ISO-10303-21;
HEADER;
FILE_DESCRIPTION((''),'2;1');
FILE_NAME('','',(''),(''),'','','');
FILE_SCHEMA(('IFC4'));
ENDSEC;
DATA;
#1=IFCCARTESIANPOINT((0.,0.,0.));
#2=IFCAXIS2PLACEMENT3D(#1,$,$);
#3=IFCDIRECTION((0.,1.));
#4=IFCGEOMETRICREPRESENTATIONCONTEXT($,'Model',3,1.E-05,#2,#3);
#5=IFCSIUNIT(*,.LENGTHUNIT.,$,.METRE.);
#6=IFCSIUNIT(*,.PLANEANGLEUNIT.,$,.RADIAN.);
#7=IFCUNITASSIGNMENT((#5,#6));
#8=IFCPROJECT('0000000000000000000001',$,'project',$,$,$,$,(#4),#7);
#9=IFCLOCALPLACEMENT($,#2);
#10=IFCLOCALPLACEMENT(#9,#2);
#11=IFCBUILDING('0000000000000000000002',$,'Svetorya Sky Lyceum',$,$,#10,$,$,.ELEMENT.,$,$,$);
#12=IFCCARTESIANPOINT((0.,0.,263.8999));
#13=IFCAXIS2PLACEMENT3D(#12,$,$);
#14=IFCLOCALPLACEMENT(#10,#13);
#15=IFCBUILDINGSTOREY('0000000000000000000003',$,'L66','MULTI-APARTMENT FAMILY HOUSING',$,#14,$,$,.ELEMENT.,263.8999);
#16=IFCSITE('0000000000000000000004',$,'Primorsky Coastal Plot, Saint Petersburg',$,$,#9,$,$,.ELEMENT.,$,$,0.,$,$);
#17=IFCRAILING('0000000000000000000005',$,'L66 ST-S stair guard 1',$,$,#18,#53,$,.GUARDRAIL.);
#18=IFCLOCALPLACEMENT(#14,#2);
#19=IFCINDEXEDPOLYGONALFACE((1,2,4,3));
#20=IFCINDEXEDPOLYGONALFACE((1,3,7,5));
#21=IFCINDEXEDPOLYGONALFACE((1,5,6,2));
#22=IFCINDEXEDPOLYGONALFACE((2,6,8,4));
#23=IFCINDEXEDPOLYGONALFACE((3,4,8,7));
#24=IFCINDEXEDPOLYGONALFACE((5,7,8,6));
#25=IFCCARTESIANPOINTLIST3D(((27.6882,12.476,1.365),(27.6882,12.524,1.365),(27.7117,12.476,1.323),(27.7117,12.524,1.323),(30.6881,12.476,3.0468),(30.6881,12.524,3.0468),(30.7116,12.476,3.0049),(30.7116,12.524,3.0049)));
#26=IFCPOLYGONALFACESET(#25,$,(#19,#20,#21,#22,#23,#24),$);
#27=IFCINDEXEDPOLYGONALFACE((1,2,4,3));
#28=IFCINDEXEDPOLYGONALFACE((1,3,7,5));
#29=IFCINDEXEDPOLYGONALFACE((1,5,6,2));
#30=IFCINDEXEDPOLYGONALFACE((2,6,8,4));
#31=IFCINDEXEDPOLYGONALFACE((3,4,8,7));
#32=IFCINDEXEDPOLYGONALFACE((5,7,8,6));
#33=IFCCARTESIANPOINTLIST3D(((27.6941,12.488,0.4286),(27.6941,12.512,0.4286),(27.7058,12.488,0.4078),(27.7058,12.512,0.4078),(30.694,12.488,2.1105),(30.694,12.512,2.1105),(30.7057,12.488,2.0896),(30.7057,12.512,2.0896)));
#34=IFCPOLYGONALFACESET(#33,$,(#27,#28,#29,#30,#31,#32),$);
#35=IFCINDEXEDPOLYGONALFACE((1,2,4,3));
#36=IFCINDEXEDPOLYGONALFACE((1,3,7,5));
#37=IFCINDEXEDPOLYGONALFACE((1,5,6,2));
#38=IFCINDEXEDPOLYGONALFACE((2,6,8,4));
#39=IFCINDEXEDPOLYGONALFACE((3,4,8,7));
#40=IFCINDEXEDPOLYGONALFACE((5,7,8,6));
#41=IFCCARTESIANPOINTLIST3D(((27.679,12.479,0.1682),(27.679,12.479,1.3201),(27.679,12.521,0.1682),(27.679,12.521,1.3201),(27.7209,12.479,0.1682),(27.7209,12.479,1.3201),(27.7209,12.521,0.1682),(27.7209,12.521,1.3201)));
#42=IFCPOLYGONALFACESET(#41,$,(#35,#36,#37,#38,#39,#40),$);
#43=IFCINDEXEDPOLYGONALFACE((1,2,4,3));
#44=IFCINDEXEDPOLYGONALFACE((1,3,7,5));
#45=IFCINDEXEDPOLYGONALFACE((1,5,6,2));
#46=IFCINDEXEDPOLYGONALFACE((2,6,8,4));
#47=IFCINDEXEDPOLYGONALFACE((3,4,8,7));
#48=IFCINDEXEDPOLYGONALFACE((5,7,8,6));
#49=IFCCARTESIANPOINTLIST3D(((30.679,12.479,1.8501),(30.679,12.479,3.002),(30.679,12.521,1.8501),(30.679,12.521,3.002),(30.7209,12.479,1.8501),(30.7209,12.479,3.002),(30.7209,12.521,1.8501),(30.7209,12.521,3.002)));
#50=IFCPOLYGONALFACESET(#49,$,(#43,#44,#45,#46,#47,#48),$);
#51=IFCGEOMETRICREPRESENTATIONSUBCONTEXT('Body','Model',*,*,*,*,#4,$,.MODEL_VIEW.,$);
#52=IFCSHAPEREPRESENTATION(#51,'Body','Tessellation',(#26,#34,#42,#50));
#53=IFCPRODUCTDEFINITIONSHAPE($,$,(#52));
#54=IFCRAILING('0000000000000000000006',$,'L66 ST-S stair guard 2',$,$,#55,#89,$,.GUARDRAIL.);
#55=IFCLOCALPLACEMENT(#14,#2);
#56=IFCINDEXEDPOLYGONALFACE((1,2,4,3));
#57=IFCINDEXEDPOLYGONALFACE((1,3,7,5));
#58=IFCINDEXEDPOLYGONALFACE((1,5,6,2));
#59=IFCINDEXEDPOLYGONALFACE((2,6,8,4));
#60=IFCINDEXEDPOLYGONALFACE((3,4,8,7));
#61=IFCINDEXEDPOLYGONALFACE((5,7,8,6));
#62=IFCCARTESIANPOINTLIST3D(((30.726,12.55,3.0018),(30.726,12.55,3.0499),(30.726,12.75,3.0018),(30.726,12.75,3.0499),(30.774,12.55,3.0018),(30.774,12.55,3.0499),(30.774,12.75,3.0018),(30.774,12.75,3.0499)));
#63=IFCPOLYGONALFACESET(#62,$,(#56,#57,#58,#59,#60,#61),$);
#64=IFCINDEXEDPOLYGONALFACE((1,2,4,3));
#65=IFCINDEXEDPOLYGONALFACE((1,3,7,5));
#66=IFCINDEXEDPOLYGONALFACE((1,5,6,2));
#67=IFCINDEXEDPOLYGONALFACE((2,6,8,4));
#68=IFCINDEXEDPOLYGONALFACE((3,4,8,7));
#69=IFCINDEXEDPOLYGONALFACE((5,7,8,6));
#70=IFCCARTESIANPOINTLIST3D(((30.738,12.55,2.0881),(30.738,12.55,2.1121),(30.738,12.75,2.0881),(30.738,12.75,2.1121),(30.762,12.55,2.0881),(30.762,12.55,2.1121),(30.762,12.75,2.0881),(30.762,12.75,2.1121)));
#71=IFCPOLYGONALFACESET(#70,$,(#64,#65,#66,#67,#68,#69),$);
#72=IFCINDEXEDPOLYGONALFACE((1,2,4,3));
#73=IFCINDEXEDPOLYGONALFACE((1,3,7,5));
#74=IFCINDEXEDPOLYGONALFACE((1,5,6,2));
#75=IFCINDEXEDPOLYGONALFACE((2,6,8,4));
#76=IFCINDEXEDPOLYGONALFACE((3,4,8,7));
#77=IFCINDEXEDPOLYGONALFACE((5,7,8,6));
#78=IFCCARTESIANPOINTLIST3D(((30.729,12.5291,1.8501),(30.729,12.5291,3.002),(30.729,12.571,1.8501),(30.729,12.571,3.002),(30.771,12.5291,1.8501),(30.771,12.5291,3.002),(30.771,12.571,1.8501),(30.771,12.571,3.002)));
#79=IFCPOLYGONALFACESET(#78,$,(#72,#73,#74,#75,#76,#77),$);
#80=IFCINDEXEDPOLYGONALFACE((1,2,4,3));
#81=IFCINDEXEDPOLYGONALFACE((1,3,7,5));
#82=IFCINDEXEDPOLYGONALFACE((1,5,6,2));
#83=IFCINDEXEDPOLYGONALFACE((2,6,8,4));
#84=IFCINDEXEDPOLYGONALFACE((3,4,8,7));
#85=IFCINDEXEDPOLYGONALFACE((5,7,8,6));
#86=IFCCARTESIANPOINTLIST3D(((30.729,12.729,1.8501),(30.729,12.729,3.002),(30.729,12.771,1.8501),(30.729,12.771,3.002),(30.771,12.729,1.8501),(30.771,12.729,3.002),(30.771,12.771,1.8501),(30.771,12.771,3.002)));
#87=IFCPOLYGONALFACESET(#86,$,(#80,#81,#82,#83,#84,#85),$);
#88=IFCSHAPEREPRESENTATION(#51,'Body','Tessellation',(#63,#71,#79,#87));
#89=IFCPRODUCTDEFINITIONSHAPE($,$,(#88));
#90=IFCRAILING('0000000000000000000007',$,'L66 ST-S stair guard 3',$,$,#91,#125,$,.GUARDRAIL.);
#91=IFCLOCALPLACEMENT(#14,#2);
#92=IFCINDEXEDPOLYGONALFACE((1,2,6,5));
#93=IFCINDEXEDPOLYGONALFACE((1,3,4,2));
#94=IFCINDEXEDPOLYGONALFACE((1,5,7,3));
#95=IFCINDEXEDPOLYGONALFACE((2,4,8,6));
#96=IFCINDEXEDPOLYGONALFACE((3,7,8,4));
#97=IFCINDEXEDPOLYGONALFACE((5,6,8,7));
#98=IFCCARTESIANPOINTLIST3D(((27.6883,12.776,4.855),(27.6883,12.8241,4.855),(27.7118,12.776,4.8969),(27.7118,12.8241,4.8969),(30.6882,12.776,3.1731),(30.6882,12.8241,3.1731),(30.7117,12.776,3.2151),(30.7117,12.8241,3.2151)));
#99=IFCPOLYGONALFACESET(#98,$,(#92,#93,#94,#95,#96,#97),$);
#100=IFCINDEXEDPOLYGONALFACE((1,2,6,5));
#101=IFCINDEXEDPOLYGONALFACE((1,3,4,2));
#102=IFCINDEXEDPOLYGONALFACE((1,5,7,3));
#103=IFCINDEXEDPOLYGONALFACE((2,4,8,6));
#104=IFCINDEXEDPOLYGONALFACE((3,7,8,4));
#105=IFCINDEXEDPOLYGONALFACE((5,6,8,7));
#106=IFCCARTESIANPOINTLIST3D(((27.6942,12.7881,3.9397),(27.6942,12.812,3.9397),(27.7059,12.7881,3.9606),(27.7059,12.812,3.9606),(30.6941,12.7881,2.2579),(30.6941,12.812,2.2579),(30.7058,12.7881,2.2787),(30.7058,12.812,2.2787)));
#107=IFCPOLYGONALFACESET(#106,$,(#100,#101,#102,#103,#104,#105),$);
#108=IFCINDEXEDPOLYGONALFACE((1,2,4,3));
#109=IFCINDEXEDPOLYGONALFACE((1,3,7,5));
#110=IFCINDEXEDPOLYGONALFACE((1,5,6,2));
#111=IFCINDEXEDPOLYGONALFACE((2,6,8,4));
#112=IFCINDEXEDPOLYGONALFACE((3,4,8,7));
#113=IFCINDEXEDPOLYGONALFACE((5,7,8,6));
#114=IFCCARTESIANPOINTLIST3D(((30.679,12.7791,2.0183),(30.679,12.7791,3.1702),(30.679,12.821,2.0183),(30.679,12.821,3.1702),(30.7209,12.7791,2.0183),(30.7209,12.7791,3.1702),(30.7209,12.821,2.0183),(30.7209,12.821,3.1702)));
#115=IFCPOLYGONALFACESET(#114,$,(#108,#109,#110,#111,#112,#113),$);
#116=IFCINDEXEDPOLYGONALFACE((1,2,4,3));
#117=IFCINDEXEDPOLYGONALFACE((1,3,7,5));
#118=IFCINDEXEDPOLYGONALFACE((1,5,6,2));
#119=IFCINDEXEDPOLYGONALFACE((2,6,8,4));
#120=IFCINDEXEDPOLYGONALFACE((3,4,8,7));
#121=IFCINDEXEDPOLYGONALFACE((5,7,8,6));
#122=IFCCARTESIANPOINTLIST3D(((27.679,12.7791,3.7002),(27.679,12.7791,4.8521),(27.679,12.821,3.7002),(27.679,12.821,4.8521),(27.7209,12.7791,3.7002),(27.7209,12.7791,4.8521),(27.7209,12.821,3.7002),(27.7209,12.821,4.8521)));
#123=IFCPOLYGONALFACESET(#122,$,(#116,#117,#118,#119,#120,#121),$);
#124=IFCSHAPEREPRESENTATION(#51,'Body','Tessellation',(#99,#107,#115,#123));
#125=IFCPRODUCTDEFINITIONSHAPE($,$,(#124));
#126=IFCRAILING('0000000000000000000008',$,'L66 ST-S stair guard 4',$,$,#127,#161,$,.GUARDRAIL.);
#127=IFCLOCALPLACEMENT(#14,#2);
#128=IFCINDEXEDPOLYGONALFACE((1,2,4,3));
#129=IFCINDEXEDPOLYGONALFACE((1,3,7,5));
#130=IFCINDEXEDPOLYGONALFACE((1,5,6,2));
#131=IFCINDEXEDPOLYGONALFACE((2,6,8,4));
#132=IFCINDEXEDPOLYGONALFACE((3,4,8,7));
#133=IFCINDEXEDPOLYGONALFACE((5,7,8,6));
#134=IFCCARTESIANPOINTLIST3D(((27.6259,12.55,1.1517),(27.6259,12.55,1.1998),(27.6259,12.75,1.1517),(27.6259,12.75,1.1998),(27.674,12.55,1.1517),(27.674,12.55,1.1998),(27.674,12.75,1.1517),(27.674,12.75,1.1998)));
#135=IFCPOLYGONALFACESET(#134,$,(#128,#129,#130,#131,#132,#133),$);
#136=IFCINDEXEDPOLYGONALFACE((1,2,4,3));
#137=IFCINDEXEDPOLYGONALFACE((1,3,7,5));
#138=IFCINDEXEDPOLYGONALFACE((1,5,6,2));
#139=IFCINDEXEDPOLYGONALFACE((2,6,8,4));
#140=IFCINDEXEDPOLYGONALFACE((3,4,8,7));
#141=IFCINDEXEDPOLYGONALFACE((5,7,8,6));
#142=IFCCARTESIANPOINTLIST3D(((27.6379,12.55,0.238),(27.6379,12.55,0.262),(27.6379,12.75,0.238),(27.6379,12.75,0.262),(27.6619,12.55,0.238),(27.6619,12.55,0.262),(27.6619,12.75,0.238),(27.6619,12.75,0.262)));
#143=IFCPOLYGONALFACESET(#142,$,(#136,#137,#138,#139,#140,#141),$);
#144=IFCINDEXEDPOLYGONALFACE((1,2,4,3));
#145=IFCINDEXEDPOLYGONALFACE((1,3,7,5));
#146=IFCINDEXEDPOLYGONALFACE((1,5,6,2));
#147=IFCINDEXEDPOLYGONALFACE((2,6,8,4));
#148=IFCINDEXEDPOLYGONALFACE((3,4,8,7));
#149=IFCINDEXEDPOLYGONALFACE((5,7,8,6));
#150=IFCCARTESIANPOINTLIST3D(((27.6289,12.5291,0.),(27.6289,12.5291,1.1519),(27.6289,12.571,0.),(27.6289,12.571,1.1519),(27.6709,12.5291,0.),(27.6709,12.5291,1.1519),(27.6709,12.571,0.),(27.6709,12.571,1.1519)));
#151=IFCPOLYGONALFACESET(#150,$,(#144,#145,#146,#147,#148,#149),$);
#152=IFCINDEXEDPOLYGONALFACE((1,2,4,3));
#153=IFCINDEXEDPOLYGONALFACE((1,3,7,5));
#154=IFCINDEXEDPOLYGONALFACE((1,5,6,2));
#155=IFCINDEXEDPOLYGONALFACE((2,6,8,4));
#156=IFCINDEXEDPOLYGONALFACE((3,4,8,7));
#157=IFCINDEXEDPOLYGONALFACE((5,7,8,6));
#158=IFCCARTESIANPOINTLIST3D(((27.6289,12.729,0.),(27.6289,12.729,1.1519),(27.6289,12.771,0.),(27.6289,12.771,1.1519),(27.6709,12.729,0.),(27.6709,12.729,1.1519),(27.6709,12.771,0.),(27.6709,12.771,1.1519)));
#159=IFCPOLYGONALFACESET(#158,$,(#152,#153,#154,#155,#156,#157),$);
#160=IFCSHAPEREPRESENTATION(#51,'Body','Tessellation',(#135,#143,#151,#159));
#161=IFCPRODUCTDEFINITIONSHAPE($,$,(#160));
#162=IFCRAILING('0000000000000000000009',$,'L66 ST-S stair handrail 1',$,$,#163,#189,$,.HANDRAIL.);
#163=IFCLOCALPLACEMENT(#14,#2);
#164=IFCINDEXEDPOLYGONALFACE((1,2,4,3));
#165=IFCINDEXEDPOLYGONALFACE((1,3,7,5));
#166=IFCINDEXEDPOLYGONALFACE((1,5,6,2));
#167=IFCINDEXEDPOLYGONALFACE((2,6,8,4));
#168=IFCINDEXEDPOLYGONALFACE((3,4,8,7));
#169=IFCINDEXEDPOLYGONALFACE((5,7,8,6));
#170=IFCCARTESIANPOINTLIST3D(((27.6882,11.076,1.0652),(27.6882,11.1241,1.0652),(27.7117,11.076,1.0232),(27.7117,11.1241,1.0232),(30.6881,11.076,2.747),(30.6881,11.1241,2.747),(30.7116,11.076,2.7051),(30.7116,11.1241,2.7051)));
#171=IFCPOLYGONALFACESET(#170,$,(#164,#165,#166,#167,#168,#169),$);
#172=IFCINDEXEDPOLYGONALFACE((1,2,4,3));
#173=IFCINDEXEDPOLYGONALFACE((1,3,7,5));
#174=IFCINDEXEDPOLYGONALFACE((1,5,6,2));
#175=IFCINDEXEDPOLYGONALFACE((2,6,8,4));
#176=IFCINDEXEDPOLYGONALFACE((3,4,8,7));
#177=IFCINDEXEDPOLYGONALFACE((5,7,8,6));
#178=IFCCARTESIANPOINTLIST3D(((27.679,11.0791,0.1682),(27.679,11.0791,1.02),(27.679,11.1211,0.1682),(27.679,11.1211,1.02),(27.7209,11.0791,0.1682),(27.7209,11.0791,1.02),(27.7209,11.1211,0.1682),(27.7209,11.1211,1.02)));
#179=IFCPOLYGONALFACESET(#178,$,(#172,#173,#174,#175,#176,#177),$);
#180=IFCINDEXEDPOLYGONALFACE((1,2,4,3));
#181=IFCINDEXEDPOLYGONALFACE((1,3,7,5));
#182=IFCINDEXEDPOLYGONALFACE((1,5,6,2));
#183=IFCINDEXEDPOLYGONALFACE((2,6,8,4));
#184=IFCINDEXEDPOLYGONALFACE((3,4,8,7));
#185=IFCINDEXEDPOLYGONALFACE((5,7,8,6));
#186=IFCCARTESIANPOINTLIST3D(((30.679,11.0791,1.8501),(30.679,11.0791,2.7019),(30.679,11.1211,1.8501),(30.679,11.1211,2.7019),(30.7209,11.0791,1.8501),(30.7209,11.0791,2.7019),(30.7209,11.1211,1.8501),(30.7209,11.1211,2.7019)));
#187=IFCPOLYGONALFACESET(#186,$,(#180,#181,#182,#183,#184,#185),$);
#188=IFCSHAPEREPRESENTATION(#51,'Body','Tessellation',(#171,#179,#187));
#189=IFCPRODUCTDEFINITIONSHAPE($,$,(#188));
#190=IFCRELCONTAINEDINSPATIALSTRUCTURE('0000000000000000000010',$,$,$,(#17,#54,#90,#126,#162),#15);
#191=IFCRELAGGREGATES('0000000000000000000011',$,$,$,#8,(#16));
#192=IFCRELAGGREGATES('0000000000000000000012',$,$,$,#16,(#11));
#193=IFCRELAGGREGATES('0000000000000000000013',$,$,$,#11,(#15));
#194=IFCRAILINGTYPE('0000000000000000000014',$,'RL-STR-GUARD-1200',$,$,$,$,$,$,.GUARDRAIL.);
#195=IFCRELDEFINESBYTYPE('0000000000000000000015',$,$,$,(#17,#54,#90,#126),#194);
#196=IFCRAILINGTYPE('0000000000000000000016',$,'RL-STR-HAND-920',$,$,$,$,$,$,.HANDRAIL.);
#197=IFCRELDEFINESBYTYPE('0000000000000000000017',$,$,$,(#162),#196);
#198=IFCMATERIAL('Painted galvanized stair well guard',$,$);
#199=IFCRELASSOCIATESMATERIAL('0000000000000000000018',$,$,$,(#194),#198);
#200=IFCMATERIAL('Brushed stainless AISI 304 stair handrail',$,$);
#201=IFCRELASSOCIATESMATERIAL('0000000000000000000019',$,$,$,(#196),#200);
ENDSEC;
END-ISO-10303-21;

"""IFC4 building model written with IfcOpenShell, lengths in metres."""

from ifc_helpers import new_model, si_unit, direction, frame, origin, origin_2d, place, context, subcontext, project, spatial, rectangle, extrude, material, type_object, element, save


model = new_model("IFC4")

# Units and contexts
model_context = context("Model", 3, precision=1e-05, world=origin(), true_north=direction((0.0, 1.0)))
body_context = subcontext(model_context, "Body", "Model", "MODEL_VIEW")
ifc_project = project(units=[si_unit("LENGTHUNIT", "METRE"), si_unit("PLANEANGLEUNIT", "RADIAN")], contexts=[model_context])

# Site, building, storey
site_placement = place(None, origin())
site = spatial("IfcSite", under=ifc_project, at=site_placement, Name="Primorsky Coastal Plot, Saint Petersburg", CompositionType="ELEMENT", RefElevation=0.0)
building_placement = place(site_placement, origin())
building = spatial("IfcBuilding", under=site, at=building_placement, Name="Svetorya Sky Lyceum", CompositionType="ELEMENT")
storey_placement = place(building_placement, frame((0.0, 0.0, 263.8999)))
storey = spatial("IfcBuildingStorey", under=building, at=storey_placement, Name="L66", Description="MULTI-APARTMENT FAMILY HOUSING", CompositionType="ELEMENT", Elevation=263.8999)

# Railings
ifc_material_1 = material(Name="Painted galvanized stair well guard")
railing_type_1 = type_object("IfcRailingType", Name="RL-STR-GUARD-1200", PredefinedType="GUARDRAIL", material=ifc_material_1)
railing_1_placement = place(storey_placement, frame((27.7, 12.5, 0.1682)))
element("IfcRailing", 1, at=railing_1_placement, inside=storey, type_object=railing_type_1, Name="L66 ST-S stair guard 1", PredefinedType="GUARDRAIL", context=body_context, shape_type="SweptSolid", body=[
    extrude(rectangle(XDim=0.0481, YDim=0.0481, at=origin_2d()), frame((0.0, 0.0, 1.1758), z_axis=(0.872272, 0.0, 0.48902), x_axis=(0.0, 1.0, 0.0)), (0.0, 0.0, 1.0), 3.4392),
    extrude(rectangle(XDim=0.0239, YDim=0.0239, at=origin_2d()), frame((0.0, 0.0, 0.25), z_axis=(0.872272, 0.0, 0.48902), x_axis=(0.0, 1.0, 0.0)), (0.0, 0.0, 1.0), 3.4392),
    extrude(rectangle(XDim=0.042, YDim=0.042, at=origin_2d()), origin(), (0.0, 0.0, 1.0), 1.1519),
    extrude(rectangle(XDim=0.042, YDim=0.042, at=origin_2d()), frame((3.0, 0.0, 1.6819)), (0.0, 0.0, 1.0), 1.1519),
])
railing_2_placement = place(storey_placement, frame((30.75, 12.55, 1.8501)))
element("IfcRailing", 2, at=railing_2_placement, inside=storey, type_object=railing_type_1, Name="L66 ST-S stair guard 2", PredefinedType="GUARDRAIL", context=body_context, shape_type="SweptSolid", body=[
    extrude(rectangle(XDim=0.0481, YDim=0.0481, at=origin_2d()), frame((0.0, 0.0, 1.1758), z_axis=(0.0, 1.0, 0.0), x_axis=(-1.0, 0.0, 0.0)), (0.0, 0.0, 1.0), 0.2),
    extrude(rectangle(XDim=0.0239, YDim=0.0239, at=origin_2d()), frame((0.0, 0.0, 0.25), z_axis=(0.0, 1.0, 0.0), x_axis=(-1.0, 0.0, 0.0)), (0.0, 0.0, 1.0), 0.2),
    extrude(rectangle(XDim=0.042, YDim=0.042, at=origin_2d()), origin(), (0.0, 0.0, 1.0), 1.1519),
    extrude(rectangle(XDim=0.042, YDim=0.042, at=origin_2d()), frame((0.0, 0.2, 0.0)), (0.0, 0.0, 1.0), 1.1519),
])
railing_3_placement = place(storey_placement, frame((30.7, 12.8, 2.0183)))
element("IfcRailing", 3, at=railing_3_placement, inside=storey, type_object=railing_type_1, Name="L66 ST-S stair guard 3", PredefinedType="GUARDRAIL", context=body_context, shape_type="SweptSolid", body=[
    extrude(rectangle(XDim=0.0481, YDim=0.0481, at=origin_2d()), frame((0.0, 0.0, 1.1758), z_axis=(-0.872272, 0.0, 0.48902), x_axis=(0.0, -1.0, 0.0)), (0.0, 0.0, 1.0), 3.4392),
    extrude(rectangle(XDim=0.0239, YDim=0.0239, at=origin_2d()), frame((0.0, 0.0, 0.25), z_axis=(-0.872272, 0.0, 0.48902), x_axis=(0.0, -1.0, 0.0)), (0.0, 0.0, 1.0), 3.4392),
    extrude(rectangle(XDim=0.042, YDim=0.042, at=origin_2d()), origin(), (0.0, 0.0, 1.0), 1.1519),
    extrude(rectangle(XDim=0.042, YDim=0.042, at=origin_2d()), frame((-3.0, 0.0, 1.6819)), (0.0, 0.0, 1.0), 1.1519),
])
railing_4_placement = place(storey_placement, frame((27.6499, 12.55, 0.0)))
element("IfcRailing", 4, at=railing_4_placement, inside=storey, type_object=railing_type_1, Name="L66 ST-S stair guard 4", PredefinedType="GUARDRAIL", context=body_context, shape_type="SweptSolid", body=[
    extrude(rectangle(XDim=0.0481, YDim=0.0481, at=origin_2d()), frame((0.0, 0.0, 1.1758), z_axis=(0.0, 1.0, 0.0), x_axis=(-1.0, 0.0, 0.0)), (0.0, 0.0, 1.0), 0.2),
    extrude(rectangle(XDim=0.0239, YDim=0.0239, at=origin_2d()), frame((0.0, 0.0, 0.25), z_axis=(0.0, 1.0, 0.0), x_axis=(-1.0, 0.0, 0.0)), (0.0, 0.0, 1.0), 0.2),
    extrude(rectangle(XDim=0.042, YDim=0.042, at=origin_2d()), origin(), (0.0, 0.0, 1.0), 1.1519),
    extrude(rectangle(XDim=0.042, YDim=0.042, at=origin_2d()), frame((0.0, 0.2, 0.0)), (0.0, 0.0, 1.0), 1.1519),
])
ifc_material_2 = material(Name="Brushed stainless AISI 304 stair handrail")
railing_type_2 = type_object("IfcRailingType", Name="RL-STR-HAND-920", PredefinedType="HANDRAIL", material=ifc_material_2)
railing_5_placement = place(storey_placement, frame((27.7, 11.1001, 0.1682)))
element("IfcRailing", 5, at=railing_5_placement, inside=storey, type_object=railing_type_2, Name="L66 ST-S stair handrail 1", PredefinedType="HANDRAIL", context=body_context, shape_type="SweptSolid", body=[
    extrude(rectangle(XDim=0.0481, YDim=0.0481, at=origin_2d()), frame((0.0, 0.0, 0.876), z_axis=(0.872272, 0.0, 0.48902), x_axis=(0.0, 1.0, 0.0)), (0.0, 0.0, 1.0), 3.4392),
    extrude(rectangle(XDim=0.042, YDim=0.042, at=origin_2d()), origin(), (0.0, 0.0, 1.0), 0.8518),
    extrude(rectangle(XDim=0.042, YDim=0.042, at=origin_2d()), frame((3.0, 0.0, 1.6819)), (0.0, 0.0, 1.0), 0.8518),
])

save(model, "model.ifc")
